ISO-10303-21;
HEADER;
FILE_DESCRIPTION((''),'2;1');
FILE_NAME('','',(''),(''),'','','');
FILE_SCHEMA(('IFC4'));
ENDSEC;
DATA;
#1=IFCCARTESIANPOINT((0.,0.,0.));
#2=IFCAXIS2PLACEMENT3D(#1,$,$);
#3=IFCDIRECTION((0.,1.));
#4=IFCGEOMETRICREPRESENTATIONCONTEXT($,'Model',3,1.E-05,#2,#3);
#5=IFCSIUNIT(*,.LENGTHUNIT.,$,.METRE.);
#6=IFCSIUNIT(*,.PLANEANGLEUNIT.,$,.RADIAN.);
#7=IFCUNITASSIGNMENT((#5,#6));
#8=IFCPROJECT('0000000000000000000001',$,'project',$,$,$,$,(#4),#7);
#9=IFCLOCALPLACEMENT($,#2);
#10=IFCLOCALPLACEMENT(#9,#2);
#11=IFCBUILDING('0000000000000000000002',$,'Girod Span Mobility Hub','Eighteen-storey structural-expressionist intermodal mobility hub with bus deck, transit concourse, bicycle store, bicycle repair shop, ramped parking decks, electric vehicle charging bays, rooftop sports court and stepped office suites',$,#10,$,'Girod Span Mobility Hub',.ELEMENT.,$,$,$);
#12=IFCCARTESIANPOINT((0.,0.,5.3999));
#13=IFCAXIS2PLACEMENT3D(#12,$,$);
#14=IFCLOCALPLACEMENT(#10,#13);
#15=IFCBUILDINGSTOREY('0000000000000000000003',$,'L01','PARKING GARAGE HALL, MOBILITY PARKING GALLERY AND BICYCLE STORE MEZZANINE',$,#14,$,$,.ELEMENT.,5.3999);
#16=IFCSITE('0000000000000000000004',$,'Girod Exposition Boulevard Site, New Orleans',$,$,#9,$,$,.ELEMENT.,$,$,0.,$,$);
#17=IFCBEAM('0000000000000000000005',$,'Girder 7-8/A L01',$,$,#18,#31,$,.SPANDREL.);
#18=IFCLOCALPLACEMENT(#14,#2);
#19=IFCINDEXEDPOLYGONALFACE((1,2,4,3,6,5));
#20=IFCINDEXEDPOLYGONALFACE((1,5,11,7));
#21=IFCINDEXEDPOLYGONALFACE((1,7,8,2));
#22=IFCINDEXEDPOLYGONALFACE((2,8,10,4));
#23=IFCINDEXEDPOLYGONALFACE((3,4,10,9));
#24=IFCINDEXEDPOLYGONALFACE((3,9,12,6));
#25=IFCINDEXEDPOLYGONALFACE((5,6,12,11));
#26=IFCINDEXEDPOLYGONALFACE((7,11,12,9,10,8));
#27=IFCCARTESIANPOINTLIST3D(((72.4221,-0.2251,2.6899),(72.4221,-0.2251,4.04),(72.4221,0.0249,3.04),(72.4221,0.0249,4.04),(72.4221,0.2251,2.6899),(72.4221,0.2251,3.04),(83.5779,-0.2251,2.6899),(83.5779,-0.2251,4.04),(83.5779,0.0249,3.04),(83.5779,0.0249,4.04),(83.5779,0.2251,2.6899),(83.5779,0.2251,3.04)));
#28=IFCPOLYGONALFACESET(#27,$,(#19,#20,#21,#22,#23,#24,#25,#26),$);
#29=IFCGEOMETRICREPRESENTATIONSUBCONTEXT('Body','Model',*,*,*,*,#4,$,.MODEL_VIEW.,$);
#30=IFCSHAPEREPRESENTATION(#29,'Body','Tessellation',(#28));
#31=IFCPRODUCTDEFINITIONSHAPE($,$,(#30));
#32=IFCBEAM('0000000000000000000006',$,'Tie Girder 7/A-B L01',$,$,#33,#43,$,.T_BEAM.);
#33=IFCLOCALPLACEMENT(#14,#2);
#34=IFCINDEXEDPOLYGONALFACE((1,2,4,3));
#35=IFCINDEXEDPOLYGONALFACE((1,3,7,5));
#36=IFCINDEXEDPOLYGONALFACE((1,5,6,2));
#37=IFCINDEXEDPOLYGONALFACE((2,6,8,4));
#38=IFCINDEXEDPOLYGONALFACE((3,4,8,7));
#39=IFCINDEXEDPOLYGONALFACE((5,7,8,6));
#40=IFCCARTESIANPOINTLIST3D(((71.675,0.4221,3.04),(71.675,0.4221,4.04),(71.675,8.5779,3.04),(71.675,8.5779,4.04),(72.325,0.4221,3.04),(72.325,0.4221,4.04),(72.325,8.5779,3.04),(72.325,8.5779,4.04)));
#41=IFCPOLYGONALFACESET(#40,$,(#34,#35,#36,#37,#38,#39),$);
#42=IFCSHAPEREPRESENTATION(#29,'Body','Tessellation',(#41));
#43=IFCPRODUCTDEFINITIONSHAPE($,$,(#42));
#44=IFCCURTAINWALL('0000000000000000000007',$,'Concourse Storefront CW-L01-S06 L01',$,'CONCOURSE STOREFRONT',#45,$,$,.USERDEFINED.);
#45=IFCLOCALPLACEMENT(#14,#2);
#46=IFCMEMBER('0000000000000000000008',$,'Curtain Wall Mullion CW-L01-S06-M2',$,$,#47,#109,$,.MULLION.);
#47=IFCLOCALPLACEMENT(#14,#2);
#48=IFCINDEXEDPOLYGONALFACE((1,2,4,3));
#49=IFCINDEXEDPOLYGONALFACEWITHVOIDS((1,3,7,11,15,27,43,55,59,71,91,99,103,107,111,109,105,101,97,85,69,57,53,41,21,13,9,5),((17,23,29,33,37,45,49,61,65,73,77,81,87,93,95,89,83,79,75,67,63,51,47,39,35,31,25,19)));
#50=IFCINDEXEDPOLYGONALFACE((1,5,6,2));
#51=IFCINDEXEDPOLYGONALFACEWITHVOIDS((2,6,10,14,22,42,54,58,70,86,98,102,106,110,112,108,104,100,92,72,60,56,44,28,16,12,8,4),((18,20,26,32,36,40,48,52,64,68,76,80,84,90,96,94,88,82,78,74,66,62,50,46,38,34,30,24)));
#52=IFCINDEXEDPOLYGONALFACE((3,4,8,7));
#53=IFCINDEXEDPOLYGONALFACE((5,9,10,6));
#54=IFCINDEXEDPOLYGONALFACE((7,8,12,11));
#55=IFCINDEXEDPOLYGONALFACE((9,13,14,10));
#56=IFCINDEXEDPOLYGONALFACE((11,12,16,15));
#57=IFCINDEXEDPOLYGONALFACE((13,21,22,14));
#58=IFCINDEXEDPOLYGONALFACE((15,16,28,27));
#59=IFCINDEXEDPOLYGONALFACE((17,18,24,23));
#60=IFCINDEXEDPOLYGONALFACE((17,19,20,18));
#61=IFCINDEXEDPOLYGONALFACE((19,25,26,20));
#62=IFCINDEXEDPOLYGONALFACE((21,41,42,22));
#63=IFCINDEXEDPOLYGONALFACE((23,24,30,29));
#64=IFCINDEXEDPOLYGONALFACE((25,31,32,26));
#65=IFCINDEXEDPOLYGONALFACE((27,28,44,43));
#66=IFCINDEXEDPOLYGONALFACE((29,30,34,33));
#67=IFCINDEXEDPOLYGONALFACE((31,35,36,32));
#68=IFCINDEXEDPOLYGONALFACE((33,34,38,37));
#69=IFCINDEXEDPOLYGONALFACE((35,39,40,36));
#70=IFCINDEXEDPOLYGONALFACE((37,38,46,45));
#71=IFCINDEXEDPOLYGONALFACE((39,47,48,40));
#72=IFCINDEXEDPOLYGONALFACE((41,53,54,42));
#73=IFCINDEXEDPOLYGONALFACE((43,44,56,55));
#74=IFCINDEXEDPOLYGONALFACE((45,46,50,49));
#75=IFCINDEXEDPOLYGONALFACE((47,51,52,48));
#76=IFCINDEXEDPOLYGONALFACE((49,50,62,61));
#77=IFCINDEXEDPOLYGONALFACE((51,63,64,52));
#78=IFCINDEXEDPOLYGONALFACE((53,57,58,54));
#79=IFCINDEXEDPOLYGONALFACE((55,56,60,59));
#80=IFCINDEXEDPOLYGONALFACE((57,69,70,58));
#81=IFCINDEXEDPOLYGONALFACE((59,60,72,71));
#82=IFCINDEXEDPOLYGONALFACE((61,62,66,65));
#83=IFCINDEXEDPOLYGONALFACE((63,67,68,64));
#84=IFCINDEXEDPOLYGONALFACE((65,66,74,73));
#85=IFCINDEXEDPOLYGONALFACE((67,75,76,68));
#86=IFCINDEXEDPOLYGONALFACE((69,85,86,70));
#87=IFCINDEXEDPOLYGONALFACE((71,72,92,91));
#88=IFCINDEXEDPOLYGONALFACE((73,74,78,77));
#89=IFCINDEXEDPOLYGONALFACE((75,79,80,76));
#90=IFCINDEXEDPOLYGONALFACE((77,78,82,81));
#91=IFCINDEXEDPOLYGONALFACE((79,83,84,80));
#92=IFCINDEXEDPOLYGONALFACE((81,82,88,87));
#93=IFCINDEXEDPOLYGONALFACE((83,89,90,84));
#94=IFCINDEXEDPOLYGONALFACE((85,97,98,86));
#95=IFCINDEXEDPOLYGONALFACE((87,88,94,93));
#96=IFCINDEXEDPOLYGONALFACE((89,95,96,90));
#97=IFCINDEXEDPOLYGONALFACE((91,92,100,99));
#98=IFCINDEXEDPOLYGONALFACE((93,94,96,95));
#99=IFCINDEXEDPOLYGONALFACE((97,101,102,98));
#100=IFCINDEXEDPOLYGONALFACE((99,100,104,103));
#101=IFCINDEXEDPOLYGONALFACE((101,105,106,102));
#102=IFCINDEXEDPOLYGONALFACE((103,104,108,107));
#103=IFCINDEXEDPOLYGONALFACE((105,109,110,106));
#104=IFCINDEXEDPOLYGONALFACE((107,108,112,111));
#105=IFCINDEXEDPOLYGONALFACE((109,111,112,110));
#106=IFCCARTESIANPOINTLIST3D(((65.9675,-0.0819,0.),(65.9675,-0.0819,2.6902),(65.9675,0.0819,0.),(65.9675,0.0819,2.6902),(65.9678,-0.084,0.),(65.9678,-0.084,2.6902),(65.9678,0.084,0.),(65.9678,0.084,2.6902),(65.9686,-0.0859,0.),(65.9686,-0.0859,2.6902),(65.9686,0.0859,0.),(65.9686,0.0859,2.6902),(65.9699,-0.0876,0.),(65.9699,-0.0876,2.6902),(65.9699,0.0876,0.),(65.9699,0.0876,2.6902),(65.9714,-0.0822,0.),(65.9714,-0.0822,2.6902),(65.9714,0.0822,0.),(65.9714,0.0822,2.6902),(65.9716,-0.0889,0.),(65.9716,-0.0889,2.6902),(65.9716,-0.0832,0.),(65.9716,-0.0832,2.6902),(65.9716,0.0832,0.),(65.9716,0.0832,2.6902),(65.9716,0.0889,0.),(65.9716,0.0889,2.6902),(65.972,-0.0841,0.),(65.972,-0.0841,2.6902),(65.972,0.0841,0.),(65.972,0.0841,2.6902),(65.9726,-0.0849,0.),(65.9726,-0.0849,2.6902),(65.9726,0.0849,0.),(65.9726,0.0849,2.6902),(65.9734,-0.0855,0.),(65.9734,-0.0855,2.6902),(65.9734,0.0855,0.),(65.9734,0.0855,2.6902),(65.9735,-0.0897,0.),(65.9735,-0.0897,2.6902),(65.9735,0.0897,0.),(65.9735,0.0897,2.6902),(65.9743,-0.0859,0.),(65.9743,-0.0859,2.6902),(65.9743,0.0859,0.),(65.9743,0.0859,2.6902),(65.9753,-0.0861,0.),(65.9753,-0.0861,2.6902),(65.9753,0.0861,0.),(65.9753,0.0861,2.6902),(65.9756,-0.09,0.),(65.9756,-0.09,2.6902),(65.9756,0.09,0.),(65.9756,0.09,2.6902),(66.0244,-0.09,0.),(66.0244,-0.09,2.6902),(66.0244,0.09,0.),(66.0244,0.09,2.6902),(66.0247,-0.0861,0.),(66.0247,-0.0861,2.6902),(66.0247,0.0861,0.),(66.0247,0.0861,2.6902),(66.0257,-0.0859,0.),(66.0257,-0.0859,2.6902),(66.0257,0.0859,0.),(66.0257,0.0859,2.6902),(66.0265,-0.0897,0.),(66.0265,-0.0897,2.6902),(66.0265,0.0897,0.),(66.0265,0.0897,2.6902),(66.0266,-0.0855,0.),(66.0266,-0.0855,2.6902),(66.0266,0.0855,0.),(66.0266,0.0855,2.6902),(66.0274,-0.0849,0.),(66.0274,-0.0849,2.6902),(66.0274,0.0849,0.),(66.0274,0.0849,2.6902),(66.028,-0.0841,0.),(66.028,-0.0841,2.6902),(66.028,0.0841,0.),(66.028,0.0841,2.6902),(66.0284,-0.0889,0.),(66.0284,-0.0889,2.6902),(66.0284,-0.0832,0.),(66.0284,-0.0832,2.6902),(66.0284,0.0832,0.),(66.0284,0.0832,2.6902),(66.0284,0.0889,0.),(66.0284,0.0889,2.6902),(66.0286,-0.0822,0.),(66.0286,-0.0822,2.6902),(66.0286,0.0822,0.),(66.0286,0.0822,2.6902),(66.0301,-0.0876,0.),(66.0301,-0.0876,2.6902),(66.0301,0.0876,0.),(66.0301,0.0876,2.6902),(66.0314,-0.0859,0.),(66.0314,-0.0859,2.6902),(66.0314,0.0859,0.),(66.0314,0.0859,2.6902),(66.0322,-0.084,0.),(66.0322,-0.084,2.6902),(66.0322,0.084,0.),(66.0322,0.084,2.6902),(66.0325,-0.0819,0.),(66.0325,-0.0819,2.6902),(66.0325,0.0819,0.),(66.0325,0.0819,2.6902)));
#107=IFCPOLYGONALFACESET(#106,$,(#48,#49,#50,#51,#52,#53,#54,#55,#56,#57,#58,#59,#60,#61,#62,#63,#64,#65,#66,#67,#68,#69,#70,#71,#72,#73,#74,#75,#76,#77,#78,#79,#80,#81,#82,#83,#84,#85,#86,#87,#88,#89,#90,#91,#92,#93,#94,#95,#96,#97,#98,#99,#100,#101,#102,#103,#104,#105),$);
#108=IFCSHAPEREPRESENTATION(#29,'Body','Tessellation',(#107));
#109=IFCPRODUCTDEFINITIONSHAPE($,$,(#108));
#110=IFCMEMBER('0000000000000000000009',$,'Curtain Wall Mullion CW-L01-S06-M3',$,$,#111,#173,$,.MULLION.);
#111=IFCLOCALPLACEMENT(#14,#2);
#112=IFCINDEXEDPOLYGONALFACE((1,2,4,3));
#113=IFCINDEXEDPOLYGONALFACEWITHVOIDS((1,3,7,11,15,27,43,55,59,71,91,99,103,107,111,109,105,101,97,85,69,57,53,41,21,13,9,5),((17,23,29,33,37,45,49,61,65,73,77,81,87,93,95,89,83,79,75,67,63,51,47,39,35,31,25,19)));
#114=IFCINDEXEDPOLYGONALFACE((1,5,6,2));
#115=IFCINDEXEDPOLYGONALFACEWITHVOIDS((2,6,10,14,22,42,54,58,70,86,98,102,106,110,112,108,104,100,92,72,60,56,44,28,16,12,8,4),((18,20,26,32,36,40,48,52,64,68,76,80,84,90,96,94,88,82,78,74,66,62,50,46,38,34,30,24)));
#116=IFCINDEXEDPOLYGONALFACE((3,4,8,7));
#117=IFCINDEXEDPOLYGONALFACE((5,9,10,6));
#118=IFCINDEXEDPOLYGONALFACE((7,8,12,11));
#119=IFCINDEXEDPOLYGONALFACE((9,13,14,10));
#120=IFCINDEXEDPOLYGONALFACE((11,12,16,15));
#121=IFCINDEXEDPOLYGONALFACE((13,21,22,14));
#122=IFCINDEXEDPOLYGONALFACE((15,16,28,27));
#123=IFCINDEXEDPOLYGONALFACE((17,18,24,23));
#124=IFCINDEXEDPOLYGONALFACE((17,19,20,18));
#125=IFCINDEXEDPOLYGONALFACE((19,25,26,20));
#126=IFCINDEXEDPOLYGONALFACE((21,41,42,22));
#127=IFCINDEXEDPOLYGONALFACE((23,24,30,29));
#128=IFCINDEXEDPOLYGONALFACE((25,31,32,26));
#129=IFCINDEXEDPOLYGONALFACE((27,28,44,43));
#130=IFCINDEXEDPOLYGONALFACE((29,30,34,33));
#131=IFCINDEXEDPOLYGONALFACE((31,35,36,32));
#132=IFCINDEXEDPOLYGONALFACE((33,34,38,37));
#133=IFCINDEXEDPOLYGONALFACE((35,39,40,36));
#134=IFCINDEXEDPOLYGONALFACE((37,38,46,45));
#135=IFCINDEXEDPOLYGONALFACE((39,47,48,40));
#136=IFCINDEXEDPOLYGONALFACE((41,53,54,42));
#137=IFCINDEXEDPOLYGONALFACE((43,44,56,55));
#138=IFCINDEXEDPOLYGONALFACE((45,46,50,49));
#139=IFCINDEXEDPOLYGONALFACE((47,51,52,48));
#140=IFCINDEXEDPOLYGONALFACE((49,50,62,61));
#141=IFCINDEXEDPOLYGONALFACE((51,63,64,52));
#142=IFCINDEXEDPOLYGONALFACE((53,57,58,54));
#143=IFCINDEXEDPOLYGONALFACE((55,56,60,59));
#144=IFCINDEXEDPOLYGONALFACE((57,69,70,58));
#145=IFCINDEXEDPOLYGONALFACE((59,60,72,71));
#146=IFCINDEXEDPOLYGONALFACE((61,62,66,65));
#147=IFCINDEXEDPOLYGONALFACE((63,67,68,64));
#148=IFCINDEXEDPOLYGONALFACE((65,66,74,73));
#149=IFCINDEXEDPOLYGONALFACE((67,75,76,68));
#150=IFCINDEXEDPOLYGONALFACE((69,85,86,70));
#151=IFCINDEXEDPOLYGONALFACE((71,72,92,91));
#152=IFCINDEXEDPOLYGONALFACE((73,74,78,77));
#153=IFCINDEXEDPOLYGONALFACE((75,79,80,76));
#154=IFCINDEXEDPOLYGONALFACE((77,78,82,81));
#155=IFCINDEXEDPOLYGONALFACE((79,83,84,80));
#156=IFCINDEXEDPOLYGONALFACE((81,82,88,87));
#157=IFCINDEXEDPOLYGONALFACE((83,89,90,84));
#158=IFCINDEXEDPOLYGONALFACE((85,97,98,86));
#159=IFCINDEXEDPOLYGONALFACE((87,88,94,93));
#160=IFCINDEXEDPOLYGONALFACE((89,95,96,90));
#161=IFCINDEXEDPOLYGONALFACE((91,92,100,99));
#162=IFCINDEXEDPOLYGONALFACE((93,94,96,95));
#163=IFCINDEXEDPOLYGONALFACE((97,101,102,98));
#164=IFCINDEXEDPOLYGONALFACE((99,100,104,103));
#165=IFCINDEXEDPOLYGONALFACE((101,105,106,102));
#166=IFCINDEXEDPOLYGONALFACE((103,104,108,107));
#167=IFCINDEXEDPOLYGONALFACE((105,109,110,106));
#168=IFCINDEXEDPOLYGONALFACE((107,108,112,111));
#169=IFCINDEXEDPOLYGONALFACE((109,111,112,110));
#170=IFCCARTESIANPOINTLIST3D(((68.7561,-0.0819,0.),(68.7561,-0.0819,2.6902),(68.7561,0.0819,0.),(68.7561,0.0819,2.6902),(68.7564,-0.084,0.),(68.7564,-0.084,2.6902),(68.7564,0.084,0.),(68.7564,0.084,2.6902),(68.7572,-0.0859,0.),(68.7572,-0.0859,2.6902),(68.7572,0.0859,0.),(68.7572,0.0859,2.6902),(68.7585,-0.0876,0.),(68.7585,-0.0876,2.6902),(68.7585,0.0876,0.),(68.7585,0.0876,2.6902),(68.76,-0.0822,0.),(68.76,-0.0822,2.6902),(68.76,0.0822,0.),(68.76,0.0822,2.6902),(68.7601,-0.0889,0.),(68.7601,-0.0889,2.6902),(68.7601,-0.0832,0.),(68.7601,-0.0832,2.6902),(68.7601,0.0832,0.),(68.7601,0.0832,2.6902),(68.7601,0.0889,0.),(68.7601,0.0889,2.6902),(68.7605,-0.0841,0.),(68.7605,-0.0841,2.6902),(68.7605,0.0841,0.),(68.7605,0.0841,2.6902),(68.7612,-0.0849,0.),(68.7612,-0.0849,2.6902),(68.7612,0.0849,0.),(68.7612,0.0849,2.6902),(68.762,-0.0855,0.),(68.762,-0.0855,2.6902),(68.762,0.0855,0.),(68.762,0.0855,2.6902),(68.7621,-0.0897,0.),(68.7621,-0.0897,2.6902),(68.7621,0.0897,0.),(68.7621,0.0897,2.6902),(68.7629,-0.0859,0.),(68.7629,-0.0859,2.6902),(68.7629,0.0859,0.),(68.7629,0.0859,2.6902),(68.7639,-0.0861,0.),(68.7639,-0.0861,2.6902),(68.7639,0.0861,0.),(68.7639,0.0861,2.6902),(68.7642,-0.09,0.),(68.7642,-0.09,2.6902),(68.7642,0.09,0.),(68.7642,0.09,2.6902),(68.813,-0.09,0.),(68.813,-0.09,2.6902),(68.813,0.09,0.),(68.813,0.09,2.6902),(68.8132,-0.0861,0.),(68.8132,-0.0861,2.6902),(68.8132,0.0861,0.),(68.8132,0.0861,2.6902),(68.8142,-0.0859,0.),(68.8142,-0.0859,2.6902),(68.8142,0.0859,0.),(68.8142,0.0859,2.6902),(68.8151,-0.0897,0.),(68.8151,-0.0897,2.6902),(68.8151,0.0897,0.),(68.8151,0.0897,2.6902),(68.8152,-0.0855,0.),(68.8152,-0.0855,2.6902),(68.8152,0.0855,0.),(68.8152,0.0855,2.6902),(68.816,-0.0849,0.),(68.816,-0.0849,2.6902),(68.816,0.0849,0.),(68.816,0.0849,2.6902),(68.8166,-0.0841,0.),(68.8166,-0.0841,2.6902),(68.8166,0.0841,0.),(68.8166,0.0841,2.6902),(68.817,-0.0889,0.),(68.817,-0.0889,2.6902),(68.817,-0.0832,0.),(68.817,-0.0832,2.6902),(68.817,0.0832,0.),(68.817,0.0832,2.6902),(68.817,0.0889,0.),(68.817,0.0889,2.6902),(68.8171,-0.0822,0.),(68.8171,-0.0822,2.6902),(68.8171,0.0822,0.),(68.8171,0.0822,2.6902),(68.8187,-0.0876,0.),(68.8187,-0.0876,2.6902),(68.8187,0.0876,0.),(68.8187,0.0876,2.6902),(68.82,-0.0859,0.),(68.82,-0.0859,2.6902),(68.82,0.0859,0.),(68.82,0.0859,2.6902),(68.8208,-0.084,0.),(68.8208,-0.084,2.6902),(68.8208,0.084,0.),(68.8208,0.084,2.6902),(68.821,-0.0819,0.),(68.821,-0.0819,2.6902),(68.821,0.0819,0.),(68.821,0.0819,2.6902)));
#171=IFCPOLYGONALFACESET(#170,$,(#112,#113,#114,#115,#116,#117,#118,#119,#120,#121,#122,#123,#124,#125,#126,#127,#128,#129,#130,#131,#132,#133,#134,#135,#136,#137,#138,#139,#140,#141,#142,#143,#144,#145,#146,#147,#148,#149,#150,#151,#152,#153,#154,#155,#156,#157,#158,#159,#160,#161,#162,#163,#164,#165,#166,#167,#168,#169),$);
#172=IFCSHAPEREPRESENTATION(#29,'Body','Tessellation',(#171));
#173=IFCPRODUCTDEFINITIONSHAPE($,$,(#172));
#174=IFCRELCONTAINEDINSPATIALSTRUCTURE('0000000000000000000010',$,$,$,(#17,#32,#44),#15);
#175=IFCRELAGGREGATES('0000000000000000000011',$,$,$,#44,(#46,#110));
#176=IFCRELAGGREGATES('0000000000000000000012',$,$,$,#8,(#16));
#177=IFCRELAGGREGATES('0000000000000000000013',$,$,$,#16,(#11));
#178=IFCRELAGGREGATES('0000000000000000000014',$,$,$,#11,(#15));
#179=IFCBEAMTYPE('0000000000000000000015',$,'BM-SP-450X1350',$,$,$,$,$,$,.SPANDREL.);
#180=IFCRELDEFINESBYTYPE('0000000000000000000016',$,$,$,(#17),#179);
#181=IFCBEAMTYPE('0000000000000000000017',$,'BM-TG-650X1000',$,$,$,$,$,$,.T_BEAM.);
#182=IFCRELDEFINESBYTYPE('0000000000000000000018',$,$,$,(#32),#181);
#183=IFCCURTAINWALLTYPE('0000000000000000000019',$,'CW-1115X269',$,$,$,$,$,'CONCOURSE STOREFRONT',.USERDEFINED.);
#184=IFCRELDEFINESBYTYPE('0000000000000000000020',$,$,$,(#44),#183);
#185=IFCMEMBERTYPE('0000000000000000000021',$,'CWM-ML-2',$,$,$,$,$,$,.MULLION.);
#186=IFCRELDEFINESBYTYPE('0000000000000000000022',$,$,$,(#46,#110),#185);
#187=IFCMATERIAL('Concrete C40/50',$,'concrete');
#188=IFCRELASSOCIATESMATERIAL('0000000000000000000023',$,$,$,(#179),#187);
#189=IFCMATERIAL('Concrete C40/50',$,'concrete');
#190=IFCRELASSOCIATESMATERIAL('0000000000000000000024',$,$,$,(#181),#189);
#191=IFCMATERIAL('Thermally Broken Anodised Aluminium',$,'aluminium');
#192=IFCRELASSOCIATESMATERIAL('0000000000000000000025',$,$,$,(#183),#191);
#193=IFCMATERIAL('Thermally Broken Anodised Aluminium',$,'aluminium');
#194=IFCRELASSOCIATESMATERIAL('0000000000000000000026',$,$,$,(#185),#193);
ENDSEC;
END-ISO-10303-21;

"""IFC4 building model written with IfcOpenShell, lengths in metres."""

from ifc_helpers import new_model, si_unit, direction, frame, origin, origin_2d, place, context, subcontext, project, spatial, polyline, rectangle, hollow_rectangle, outline, extrude, material, material_profile, profile_set, type_object, element, aggregate, save


model = new_model("IFC4")

# Units and contexts
model_context = context("Model", 3, precision=1e-05, world=origin(), true_north=direction((0.0, 1.0)))
body_context = subcontext(model_context, "Body", "Model", "MODEL_VIEW")
ifc_project = project(units=[si_unit("LENGTHUNIT", "METRE"), si_unit("PLANEANGLEUNIT", "RADIAN")], contexts=[model_context])

# Site, building, storey
site_placement = place(None, origin())
site = spatial("IfcSite", under=ifc_project, at=site_placement, Name="Girod Exposition Boulevard Site, New Orleans", CompositionType="ELEMENT", RefElevation=0.0)
building_placement = place(site_placement, origin())
building = spatial("IfcBuilding", under=site, at=building_placement, Name="Girod Span Mobility Hub", Description="Eighteen-storey structural-expressionist intermodal mobility hub with bus deck, transit concourse, bicycle store, bicycle repair shop, ramped parking decks, electric vehicle charging bays, rooftop sports court and stepped office suites", LongName="Girod Span Mobility Hub", CompositionType="ELEMENT")
storey_placement = place(building_placement, frame((0.0, 0.0, 5.3999)))
storey = spatial("IfcBuildingStorey", under=building, at=storey_placement, Name="L01", Description="PARKING GARAGE HALL, MOBILITY PARKING GALLERY AND BICYCLE STORE MEZZANINE", CompositionType="ELEMENT", Elevation=5.3999)

# Beams
ifc_material_1 = material(Name="Concrete C40/50", Category="concrete")
ifc_material_profile_1 = material_profile(ifc_material_1, outline(polyline([(-0.2251, -0.675), (0.2251, -0.675), (0.2251, -0.325), (0.0249, -0.325), (0.0249, 0.675), (-0.2251, 0.675), (-0.2251, -0.675)])), Name="SP-450X1350")
ifc_profile_set_1 = profile_set([ifc_material_profile_1], Name="Concrete C40/50")
beam_type_1 = type_object("IfcBeamType", Name="BM-SP-450X1350", PredefinedType="SPANDREL", material=ifc_profile_set_1)
beam_1_placement = place(storey_placement, frame((72.4221, 0.0, 3.365), z_axis=(1.0, 0.0, 0.0), x_axis=(0.0, 1.0, 0.0)))
element("IfcBeam", 1, at=beam_1_placement, inside=storey, type_object=beam_type_1, Name="Girder 7-8/A L01", PredefinedType="SPANDREL", context=body_context, shape_type="SweptSolid", body=[
    extrude(outline(polyline([(-0.2251, -0.675), (0.2251, -0.675), (0.2251, -0.325), (0.0249, -0.325), (0.0249, 0.675), (-0.2251, 0.675), (-0.2251, -0.675)])), origin(), (0.0, 0.0, 1.0), 11.1558),
])
ifc_material_2 = material(Name="Concrete C40/50", Category="concrete")
ifc_material_profile_2 = material_profile(ifc_material_2, rectangle(XDim=0.6499, YDim=1.0, at=origin_2d()), Name="TG-650X1000")
ifc_profile_set_2 = profile_set([ifc_material_profile_2], Name="Concrete C40/50")
beam_type_2 = type_object("IfcBeamType", Name="BM-TG-650X1000", PredefinedType="T_BEAM", material=ifc_profile_set_2)
beam_2_placement = place(storey_placement, frame((72.0, 0.4221, 3.54), z_axis=(0.0, 1.0, 0.0), x_axis=(-1.0, 0.0, 0.0)))
element("IfcBeam", 2, at=beam_2_placement, inside=storey, type_object=beam_type_2, Name="Tie Girder 7/A-B L01", PredefinedType="T_BEAM", context=body_context, shape_type="SweptSolid", body=[
    extrude(rectangle(XDim=0.6499, YDim=1.0, at=origin_2d()), origin(), (0.0, 0.0, 1.0), 8.1558),
])

# Curtain wall, members
ifc_material_3 = material(Name="Thermally Broken Anodised Aluminium", Category="aluminium")
curtain_wall_type = type_object("IfcCurtainWallType", Name="CW-1115X269", ElementType="CONCOURSE STOREFRONT", PredefinedType="USERDEFINED", material=ifc_material_3)
curtain_wall_placement = place(storey_placement, origin())
curtain_wall = element("IfcCurtainWall", 3, at=curtain_wall_placement, inside=storey, type_object=curtain_wall_type, Name="Concourse Storefront CW-L01-S06 L01", ObjectType="CONCOURSE STOREFRONT", PredefinedType="USERDEFINED")
ifc_material_4 = material(Name="Thermally Broken Anodised Aluminium", Category="aluminium")
ifc_material_profile_3 = material_profile(ifc_material_4, hollow_rectangle(XDim=0.1799, YDim=0.0649, WallThickness=0.0039, InnerFilletRadius=0.0039, OuterFilletRadius=0.0081, at=origin_2d()), Name="CW-ML-65X180")
ifc_profile_set_3 = profile_set([ifc_material_profile_3], Name="Thermally Broken Anodised Aluminium")
member_type = type_object("IfcMemberType", Name="CWM-ML-2", PredefinedType="MULLION", material=ifc_profile_set_3)
member_1_placement = place(storey_placement, frame((66.0, 0.0, 0.0), z_axis=(0.0, 0.0, 1.0), x_axis=(0.0, 1.0, 0.0)))
member_1 = element("IfcMember", 4, at=member_1_placement, type_object=member_type, Name="Curtain Wall Mullion CW-L01-S06-M2", PredefinedType="MULLION", context=body_context, shape_type="SweptSolid", body=[
    extrude(hollow_rectangle(XDim=0.1799, YDim=0.0649, WallThickness=0.0039, InnerFilletRadius=0.0039, OuterFilletRadius=0.0081, at=origin_2d()), origin(), (0.0, 0.0, 1.0), 2.6902),
])
member_2_placement = place(storey_placement, frame((68.7886, 0.0, 0.0), z_axis=(0.0, 0.0, 1.0), x_axis=(0.0, 1.0, 0.0)))
member_2 = element("IfcMember", 5, at=member_2_placement, type_object=member_type, Name="Curtain Wall Mullion CW-L01-S06-M3", PredefinedType="MULLION", context=body_context, shape_type="SweptSolid", body=[
    extrude(hollow_rectangle(XDim=0.1799, YDim=0.0649, WallThickness=0.0039, InnerFilletRadius=0.0039, OuterFilletRadius=0.0081, at=origin_2d()), origin(), (0.0, 0.0, 1.0), 2.6902),
])
aggregate(curtain_wall, [member_1, member_2])

save(model, "model.ifc")
